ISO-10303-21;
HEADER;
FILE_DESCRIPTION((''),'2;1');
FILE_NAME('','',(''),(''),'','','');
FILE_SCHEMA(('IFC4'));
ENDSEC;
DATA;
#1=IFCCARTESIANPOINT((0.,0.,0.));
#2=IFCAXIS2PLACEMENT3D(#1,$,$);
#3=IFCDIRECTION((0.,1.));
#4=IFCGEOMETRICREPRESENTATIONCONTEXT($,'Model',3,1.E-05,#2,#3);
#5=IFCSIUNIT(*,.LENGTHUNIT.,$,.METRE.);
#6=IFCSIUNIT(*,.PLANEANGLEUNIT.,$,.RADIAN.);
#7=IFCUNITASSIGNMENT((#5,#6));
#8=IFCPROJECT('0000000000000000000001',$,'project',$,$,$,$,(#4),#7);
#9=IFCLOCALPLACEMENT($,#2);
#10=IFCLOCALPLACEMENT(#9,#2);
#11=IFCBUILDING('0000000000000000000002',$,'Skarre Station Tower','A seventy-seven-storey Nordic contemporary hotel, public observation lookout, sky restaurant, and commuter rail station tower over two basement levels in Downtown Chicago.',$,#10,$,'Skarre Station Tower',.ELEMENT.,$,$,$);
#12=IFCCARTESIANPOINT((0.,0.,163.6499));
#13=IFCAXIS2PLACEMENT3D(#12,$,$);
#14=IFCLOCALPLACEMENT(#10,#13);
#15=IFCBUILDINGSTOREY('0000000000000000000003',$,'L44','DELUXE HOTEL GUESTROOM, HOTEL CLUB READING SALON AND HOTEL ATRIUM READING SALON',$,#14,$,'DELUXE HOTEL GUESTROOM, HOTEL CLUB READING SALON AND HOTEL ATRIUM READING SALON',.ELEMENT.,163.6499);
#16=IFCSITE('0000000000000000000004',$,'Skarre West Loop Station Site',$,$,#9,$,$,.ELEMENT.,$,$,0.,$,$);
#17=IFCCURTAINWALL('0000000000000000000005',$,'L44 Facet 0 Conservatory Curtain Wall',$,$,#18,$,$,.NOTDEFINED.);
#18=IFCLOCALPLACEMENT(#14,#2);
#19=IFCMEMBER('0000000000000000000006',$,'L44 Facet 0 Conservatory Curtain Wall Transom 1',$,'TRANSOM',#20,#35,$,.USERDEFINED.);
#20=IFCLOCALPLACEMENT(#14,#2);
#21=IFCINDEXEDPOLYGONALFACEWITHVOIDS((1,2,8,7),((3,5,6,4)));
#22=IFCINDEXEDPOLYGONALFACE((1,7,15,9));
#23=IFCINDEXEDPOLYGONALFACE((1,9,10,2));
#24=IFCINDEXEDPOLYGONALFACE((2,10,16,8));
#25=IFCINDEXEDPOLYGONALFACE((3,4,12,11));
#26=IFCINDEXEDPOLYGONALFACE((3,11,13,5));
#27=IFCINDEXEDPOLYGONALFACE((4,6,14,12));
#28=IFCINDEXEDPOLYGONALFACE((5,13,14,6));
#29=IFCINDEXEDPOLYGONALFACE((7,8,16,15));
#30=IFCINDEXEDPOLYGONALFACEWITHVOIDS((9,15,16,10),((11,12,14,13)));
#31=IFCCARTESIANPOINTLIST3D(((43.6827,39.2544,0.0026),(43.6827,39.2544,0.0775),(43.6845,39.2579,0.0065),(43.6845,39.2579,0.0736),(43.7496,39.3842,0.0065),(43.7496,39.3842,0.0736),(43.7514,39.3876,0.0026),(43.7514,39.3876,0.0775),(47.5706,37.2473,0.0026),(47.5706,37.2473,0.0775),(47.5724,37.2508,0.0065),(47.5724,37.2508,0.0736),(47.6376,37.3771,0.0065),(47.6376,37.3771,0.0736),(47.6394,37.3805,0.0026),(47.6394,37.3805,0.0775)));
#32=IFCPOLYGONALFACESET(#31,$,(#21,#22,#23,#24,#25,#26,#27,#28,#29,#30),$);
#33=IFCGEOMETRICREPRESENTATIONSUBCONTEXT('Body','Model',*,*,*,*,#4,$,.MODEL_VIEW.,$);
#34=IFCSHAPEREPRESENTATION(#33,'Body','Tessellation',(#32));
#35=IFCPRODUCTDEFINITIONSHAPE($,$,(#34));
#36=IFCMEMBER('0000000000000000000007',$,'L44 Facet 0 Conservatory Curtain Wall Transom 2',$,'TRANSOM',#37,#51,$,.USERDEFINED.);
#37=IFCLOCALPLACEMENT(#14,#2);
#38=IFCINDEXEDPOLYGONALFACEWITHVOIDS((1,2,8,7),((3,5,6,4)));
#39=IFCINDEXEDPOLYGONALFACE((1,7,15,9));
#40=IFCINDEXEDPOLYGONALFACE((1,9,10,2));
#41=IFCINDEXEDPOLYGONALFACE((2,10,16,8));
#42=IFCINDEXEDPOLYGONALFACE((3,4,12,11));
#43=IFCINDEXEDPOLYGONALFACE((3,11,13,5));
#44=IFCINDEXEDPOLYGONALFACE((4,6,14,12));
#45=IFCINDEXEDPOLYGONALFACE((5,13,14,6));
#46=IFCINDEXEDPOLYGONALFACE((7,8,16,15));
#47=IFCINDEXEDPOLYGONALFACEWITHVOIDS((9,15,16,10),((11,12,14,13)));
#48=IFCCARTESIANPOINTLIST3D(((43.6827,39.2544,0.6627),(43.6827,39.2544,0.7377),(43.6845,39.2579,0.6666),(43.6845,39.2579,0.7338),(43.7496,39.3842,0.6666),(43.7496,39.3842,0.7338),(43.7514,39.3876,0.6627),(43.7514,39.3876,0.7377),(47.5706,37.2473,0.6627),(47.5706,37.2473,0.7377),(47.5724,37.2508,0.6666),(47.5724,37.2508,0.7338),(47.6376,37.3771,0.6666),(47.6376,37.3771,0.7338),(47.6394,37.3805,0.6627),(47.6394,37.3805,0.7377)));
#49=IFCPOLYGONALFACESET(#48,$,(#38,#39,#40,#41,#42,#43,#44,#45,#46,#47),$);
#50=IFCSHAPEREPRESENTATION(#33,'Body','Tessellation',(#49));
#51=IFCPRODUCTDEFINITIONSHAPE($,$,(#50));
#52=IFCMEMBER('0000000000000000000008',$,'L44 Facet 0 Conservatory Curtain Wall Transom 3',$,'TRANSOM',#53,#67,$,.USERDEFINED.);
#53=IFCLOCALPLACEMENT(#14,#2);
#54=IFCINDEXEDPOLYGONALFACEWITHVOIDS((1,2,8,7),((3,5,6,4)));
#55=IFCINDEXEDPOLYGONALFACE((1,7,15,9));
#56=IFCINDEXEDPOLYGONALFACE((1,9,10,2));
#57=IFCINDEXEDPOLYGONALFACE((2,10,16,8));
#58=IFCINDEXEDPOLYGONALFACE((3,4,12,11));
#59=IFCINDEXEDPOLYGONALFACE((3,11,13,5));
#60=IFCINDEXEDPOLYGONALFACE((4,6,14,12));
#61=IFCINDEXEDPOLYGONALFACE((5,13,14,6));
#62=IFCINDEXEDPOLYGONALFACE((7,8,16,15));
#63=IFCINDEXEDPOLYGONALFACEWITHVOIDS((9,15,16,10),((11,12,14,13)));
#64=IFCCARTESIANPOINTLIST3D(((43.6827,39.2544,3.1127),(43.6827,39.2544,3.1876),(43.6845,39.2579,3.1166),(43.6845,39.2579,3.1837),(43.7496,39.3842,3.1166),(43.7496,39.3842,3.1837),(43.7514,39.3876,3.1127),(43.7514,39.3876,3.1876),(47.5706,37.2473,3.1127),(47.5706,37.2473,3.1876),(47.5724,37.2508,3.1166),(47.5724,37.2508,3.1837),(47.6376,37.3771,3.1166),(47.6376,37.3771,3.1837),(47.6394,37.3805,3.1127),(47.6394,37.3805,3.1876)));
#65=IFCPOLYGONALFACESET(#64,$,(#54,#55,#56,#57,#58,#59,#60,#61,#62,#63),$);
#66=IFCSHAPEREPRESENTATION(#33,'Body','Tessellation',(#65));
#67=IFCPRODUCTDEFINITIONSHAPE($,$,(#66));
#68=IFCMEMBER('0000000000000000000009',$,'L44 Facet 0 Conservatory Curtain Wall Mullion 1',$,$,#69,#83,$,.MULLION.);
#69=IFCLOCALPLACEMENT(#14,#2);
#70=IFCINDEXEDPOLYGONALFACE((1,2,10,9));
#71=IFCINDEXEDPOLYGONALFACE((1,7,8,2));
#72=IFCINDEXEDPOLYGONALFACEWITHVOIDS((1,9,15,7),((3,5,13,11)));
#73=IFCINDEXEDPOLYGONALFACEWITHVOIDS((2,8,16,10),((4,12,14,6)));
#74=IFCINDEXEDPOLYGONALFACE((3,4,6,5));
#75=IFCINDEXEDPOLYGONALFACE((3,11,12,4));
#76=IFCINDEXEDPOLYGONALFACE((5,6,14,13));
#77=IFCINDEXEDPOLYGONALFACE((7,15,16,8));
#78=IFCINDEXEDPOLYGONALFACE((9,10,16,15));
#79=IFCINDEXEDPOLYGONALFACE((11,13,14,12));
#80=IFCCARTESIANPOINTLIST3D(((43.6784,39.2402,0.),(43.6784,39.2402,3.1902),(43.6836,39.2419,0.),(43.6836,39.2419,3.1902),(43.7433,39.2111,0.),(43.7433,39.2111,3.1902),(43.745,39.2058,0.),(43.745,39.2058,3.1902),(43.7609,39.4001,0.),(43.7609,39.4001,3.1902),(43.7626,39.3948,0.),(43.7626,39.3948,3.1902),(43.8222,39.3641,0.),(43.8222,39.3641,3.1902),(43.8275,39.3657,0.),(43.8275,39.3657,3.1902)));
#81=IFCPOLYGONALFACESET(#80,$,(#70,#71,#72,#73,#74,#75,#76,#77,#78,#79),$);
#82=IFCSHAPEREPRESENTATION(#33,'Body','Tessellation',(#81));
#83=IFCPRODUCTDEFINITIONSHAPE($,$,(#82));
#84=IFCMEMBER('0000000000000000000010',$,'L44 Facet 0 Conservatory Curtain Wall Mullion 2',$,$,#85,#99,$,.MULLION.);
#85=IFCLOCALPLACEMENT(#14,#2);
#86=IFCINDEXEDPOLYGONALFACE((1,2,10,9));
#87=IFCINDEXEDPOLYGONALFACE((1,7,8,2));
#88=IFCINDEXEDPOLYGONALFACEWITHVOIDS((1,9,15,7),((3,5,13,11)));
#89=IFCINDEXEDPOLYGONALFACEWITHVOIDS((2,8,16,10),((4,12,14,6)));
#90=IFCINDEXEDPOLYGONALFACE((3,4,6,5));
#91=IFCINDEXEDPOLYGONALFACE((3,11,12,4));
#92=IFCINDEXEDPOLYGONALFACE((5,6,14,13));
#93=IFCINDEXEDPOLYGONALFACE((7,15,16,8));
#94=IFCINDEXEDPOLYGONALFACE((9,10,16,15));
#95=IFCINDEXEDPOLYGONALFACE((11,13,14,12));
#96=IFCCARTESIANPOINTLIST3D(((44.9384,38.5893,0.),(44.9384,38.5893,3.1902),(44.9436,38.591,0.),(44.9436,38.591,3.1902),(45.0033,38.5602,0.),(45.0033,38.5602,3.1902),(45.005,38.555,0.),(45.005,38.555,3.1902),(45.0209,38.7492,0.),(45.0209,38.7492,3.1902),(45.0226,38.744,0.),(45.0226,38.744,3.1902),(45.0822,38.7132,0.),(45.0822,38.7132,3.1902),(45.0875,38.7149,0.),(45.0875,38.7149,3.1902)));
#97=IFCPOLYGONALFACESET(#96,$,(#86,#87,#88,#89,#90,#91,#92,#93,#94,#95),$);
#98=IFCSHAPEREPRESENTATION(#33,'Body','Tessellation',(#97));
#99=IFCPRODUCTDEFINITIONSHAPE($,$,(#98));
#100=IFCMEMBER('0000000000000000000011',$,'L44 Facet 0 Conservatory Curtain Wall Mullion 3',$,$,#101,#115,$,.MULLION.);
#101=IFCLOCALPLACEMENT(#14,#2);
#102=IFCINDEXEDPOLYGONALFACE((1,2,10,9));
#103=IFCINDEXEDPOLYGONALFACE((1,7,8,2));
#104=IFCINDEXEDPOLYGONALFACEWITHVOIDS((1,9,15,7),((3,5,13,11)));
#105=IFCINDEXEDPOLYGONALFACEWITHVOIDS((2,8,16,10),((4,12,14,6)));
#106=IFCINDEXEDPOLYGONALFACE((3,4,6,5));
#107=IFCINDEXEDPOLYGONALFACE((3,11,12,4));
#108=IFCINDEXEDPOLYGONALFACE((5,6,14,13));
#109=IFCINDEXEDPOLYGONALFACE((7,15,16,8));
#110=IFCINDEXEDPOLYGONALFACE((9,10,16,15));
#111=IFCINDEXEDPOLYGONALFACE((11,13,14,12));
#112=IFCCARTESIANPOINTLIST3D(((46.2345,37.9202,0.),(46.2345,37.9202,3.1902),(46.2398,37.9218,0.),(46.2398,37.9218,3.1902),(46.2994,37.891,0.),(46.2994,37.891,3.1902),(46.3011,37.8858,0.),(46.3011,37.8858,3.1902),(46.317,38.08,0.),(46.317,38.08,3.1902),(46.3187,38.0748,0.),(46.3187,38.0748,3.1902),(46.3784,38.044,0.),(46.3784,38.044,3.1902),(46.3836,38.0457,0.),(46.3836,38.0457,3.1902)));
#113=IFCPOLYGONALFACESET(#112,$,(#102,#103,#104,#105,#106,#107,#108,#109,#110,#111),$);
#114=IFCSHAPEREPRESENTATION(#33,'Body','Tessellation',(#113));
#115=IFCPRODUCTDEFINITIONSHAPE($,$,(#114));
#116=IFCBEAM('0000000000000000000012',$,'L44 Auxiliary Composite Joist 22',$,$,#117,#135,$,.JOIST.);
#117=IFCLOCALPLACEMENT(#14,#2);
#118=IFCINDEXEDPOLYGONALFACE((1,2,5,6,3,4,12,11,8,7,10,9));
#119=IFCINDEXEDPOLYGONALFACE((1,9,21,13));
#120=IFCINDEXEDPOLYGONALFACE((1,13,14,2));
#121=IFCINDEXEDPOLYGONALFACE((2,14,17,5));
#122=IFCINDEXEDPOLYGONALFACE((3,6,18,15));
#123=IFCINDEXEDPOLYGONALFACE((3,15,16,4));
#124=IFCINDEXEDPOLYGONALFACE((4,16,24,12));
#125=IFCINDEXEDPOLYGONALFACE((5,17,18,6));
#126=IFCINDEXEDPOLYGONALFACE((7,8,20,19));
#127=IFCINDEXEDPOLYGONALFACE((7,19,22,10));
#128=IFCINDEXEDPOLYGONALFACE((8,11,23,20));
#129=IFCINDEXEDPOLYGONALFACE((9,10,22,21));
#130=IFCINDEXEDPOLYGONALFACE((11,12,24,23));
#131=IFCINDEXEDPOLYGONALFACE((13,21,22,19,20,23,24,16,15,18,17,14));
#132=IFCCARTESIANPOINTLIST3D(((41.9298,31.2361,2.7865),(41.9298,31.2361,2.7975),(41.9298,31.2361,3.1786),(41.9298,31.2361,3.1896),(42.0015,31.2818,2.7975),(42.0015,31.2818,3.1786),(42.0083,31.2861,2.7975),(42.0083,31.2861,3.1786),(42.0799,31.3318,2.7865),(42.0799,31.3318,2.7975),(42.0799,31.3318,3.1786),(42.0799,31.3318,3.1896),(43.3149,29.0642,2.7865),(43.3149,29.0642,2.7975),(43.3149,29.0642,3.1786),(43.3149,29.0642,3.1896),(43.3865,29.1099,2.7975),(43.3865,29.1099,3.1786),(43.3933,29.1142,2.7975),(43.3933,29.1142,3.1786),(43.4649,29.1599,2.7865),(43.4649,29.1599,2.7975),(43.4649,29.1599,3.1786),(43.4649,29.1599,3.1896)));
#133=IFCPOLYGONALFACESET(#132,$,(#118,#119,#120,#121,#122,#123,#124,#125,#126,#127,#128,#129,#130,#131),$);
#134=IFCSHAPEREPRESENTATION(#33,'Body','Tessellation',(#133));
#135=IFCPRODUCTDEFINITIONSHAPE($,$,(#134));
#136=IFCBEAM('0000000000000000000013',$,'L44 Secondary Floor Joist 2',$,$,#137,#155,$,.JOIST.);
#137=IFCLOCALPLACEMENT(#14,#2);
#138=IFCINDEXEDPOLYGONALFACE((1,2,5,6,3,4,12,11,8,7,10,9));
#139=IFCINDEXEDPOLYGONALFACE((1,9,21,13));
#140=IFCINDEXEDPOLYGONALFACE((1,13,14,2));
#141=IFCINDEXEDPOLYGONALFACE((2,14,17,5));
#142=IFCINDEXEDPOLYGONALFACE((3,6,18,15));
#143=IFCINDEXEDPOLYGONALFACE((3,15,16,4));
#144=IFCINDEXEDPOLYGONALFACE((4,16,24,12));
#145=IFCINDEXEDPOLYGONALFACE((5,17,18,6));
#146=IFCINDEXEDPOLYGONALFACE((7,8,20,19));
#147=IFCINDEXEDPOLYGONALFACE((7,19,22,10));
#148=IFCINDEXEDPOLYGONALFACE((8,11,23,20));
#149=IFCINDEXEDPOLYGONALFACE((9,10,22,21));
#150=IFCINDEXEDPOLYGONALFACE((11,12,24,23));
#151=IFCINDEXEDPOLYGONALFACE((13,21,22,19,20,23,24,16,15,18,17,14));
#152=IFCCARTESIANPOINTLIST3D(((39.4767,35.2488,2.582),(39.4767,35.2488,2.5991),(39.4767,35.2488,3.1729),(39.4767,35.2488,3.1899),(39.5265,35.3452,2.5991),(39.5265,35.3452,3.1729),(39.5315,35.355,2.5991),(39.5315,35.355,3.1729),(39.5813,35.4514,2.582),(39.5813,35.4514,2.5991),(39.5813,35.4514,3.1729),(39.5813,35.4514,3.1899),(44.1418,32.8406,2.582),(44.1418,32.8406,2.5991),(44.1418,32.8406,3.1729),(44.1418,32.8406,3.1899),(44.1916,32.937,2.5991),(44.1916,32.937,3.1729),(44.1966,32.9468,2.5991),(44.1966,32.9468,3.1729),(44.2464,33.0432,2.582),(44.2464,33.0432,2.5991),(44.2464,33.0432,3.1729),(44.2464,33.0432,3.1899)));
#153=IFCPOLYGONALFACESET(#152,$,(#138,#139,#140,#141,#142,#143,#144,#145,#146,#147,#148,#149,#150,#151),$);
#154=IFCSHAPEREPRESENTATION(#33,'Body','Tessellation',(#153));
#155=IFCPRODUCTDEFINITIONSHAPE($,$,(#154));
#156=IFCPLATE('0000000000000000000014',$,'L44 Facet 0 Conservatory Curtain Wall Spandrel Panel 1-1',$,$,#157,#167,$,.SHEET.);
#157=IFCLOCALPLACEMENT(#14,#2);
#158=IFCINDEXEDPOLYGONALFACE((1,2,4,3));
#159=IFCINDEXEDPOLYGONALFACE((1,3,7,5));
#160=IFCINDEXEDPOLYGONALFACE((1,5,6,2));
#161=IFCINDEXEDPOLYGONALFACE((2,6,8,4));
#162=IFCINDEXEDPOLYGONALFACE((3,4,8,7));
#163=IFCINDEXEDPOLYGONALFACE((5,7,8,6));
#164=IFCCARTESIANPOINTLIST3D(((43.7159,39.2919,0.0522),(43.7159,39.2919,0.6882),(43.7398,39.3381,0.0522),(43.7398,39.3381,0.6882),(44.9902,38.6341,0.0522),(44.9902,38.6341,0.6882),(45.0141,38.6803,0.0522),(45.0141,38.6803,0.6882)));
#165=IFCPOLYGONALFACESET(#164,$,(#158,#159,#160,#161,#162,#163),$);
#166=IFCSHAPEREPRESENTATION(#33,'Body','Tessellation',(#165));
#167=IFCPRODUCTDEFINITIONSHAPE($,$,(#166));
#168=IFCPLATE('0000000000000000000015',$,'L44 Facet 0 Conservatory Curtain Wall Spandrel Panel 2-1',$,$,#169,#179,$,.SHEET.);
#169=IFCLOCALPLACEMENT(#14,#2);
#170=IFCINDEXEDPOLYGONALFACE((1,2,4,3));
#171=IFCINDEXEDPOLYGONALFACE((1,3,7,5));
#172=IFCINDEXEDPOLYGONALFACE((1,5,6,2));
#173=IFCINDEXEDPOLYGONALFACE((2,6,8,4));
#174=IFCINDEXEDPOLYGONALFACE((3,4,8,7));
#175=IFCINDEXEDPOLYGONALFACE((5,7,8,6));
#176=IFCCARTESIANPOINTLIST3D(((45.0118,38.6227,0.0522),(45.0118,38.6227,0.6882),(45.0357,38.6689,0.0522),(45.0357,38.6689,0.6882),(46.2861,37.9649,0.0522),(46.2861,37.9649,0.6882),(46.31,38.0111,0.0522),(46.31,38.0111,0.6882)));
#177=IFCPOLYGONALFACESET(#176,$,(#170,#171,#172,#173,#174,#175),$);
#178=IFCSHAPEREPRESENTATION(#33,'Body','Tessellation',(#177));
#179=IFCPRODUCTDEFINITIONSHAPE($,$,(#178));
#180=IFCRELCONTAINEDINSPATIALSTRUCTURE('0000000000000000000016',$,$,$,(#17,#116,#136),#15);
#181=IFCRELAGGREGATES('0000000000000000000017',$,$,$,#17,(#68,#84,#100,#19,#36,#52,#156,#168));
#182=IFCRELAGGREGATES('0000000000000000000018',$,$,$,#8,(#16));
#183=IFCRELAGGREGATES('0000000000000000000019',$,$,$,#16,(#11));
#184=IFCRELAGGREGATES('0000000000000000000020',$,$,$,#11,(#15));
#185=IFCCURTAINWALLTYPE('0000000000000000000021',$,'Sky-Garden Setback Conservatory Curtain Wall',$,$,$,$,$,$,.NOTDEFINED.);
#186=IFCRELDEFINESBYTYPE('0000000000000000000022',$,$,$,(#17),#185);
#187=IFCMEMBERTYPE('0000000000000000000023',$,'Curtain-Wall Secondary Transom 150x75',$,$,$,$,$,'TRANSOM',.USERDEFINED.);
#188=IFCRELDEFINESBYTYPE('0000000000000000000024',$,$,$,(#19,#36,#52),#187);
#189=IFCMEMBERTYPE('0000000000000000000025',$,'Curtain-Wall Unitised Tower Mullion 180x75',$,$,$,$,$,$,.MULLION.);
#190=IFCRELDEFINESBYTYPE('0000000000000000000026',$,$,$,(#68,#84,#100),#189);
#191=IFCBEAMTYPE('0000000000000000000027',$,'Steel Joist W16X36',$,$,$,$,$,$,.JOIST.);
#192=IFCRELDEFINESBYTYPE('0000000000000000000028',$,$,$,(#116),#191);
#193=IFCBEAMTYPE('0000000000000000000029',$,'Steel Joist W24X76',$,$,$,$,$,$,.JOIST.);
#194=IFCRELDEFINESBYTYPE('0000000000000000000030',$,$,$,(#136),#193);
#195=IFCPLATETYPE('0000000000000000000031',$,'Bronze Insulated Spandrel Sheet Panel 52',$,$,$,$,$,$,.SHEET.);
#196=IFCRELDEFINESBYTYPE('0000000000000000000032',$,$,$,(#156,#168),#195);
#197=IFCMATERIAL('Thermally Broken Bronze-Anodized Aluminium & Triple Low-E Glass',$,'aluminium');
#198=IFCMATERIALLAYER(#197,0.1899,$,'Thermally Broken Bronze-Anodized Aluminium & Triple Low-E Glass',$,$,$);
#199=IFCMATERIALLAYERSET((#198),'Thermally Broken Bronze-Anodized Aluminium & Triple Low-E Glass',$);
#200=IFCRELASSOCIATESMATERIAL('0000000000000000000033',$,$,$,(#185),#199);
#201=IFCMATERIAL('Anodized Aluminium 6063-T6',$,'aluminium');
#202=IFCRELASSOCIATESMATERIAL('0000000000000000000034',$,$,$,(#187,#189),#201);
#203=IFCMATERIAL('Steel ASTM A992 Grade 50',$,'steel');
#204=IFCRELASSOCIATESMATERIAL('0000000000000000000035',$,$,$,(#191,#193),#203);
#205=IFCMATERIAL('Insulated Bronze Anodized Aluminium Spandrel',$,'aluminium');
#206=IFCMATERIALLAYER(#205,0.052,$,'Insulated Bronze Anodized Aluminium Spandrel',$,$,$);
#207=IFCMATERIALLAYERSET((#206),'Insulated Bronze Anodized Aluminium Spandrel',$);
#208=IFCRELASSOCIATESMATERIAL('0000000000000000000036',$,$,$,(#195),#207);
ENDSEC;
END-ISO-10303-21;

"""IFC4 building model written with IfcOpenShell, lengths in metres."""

from ifc_helpers import new_model, si_unit, direction, frame, origin, origin_2d, place, context, subcontext, project, spatial, rectangle, hollow_rectangle, i_section, extrude, material, layer, layer_set, material_profile, profile_set, type_object, element, aggregate, save


model = new_model("IFC4")

# Units and contexts
model_context = context("Model", 3, precision=1e-05, world=origin(), true_north=direction((0.0, 1.0)))
body_context = subcontext(model_context, "Body", "Model", "MODEL_VIEW")
ifc_project = project(units=[si_unit("LENGTHUNIT", "METRE"), si_unit("PLANEANGLEUNIT", "RADIAN")], contexts=[model_context])

# Site, building, storey
site_placement = place(None, origin())
site = spatial("IfcSite", under=ifc_project, at=site_placement, Name="Skarre West Loop Station Site", CompositionType="ELEMENT", RefElevation=0.0)
building_placement = place(site_placement, origin())
building = spatial("IfcBuilding", under=site, at=building_placement, Name="Skarre Station Tower", Description="A seventy-seven-storey Nordic contemporary hotel, public observation lookout, sky restaurant, and commuter rail station tower over two basement levels in Downtown Chicago.", LongName="Skarre Station Tower", CompositionType="ELEMENT")
storey_placement = place(building_placement, frame((0.0, 0.0, 163.6499)))
storey = spatial("IfcBuildingStorey", under=building, at=storey_placement, Name="L44", Description="DELUXE HOTEL GUESTROOM, HOTEL CLUB READING SALON AND HOTEL ATRIUM READING SALON", LongName="DELUXE HOTEL GUESTROOM, HOTEL CLUB READING SALON AND HOTEL ATRIUM READING SALON", CompositionType="ELEMENT", Elevation=163.6499)

# Curtain wall, members
ifc_material_1 = material(Name="Thermally Broken Bronze-Anodized Aluminium & Triple Low-E Glass", Category="aluminium")
ifc_layer_1 = layer(ifc_material_1, 0.1899, Name="Thermally Broken Bronze-Anodized Aluminium & Triple Low-E Glass")
ifc_layer_set_1 = layer_set([ifc_layer_1], Name="Thermally Broken Bronze-Anodized Aluminium & Triple Low-E Glass")
curtain_wall_type = type_object("IfcCurtainWallType", Name="Sky-Garden Setback Conservatory Curtain Wall", PredefinedType="NOTDEFINED", material=ifc_layer_set_1)
curtain_wall_placement = place(storey_placement, origin())
curtain_wall = element("IfcCurtainWall", 1, at=curtain_wall_placement, inside=storey, type_object=curtain_wall_type, Name="L44 Facet 0 Conservatory Curtain Wall", PredefinedType="NOTDEFINED")
ifc_material_2 = material(Name="Anodized Aluminium 6063-T6", Category="aluminium")
ifc_material_profile_1 = material_profile(ifc_material_2, hollow_rectangle(XDim=0.075, YDim=0.1499, WallThickness=0.0039, at=origin_2d()), Name="Anodized Aluminium 6063-T6")
ifc_profile_set_1 = profile_set([ifc_material_profile_1], Name="Anodized Aluminium 6063-T6")
member_type_1 = type_object("IfcMemberType", Name="Curtain-Wall Secondary Transom 150x75", ElementType="TRANSOM", PredefinedType="USERDEFINED", material=ifc_profile_set_1)
member_1_placement = place(storey_placement, frame((43.717, 39.321, 0.04), z_axis=(0.888583, -0.458715, 0.0), x_axis=(0.0, 0.0, 1.0)))
member_1 = element("IfcMember", 2, at=member_1_placement, type_object=member_type_1, Name="L44 Facet 0 Conservatory Curtain Wall Transom 1", ObjectType="TRANSOM", PredefinedType="USERDEFINED", context=body_context, shape_type="SweptSolid", body=[
    extrude(hollow_rectangle(XDim=0.075, YDim=0.1499, WallThickness=0.0039, at=origin_2d()), origin(), (0.0, 0.0, 1.0), 4.3755),
])
member_2_placement = place(storey_placement, frame((43.717, 39.321, 0.7002), z_axis=(0.888583, -0.458715, 0.0), x_axis=(0.0, 0.0, 1.0)))
member_2 = element("IfcMember", 3, at=member_2_placement, type_object=member_type_1, Name="L44 Facet 0 Conservatory Curtain Wall Transom 2", ObjectType="TRANSOM", PredefinedType="USERDEFINED", context=body_context, shape_type="SweptSolid", body=[
    extrude(hollow_rectangle(XDim=0.075, YDim=0.1499, WallThickness=0.0039, at=origin_2d()), origin(), (0.0, 0.0, 1.0), 4.3755),
])
member_3_placement = place(storey_placement, frame((43.717, 39.321, 3.1501), z_axis=(0.888583, -0.458715, 0.0), x_axis=(0.0, 0.0, 1.0)))
member_3 = element("IfcMember", 4, at=member_3_placement, type_object=member_type_1, Name="L44 Facet 0 Conservatory Curtain Wall Transom 3", ObjectType="TRANSOM", PredefinedType="USERDEFINED", context=body_context, shape_type="SweptSolid", body=[
    extrude(hollow_rectangle(XDim=0.075, YDim=0.1499, WallThickness=0.0039, at=origin_2d()), origin(), (0.0, 0.0, 1.0), 4.3755),
])
ifc_material_profile_2 = material_profile(ifc_material_2, hollow_rectangle(XDim=0.075, YDim=0.1799, WallThickness=0.0039, at=origin_2d()), Name="Anodized Aluminium 6063-T6")
ifc_profile_set_2 = profile_set([ifc_material_profile_2], Name="Anodized Aluminium 6063-T6")
member_type_2 = type_object("IfcMemberType", Name="Curtain-Wall Unitised Tower Mullion 180x75", PredefinedType="MULLION", material=ifc_profile_set_2)
member_4_placement = place(storey_placement, frame((43.7529, 39.303, 0.0), z_axis=(0.0, 0.0, 1.0), x_axis=(0.888593, -0.458696, 0.0)))
member_4 = element("IfcMember", 5, at=member_4_placement, type_object=member_type_2, Name="L44 Facet 0 Conservatory Curtain Wall Mullion 1", PredefinedType="MULLION", context=body_context, shape_type="SweptSolid", body=[
    extrude(hollow_rectangle(XDim=0.075, YDim=0.1799, WallThickness=0.0039, at=origin_2d()), origin(), (0.0, 0.0, 1.0), 3.1902),
])
member_5_placement = place(storey_placement, frame((45.0129, 38.6521, 0.0), z_axis=(0.0, 0.0, 1.0), x_axis=(0.888593, -0.458696, 0.0)))
member_5 = element("IfcMember", 6, at=member_5_placement, type_object=member_type_2, Name="L44 Facet 0 Conservatory Curtain Wall Mullion 2", PredefinedType="MULLION", context=body_context, shape_type="SweptSolid", body=[
    extrude(hollow_rectangle(XDim=0.075, YDim=0.1799, WallThickness=0.0039, at=origin_2d()), origin(), (0.0, 0.0, 1.0), 3.1902),
])
member_6_placement = place(storey_placement, frame((46.3091, 37.9829, 0.0), z_axis=(0.0, 0.0, 1.0), x_axis=(0.888593, -0.458696, 0.0)))
member_6 = element("IfcMember", 7, at=member_6_placement, type_object=member_type_2, Name="L44 Facet 0 Conservatory Curtain Wall Mullion 3", PredefinedType="MULLION", context=body_context, shape_type="SweptSolid", body=[
    extrude(hollow_rectangle(XDim=0.075, YDim=0.1799, WallThickness=0.0039, at=origin_2d()), origin(), (0.0, 0.0, 1.0), 3.1902),
])

# Beams
ifc_material_3 = material(Name="Steel ASTM A992 Grade 50", Category="steel")
ifc_material_profile_3 = material_profile(ifc_material_3, i_section(OverallWidth=0.178, OverallDepth=0.4031, WebThickness=0.0081, FlangeThickness=0.011, at=origin_2d()), Name="Steel ASTM A992 Grade 50")
ifc_profile_set_3 = profile_set([ifc_material_profile_3], Name="Steel ASTM A992 Grade 50")
beam_type_1 = type_object("IfcBeamType", Name="Steel Joist W16X36", PredefinedType="JOIST", material=ifc_profile_set_3)
beam_1_placement = place(storey_placement, frame((43.3899, 29.1121, 2.988), z_axis=(-0.537679, 0.84315, 0.0), x_axis=(-0.84315, -0.537679, 0.0)))
element("IfcBeam", 8, at=beam_1_placement, inside=storey, type_object=beam_type_1, Name="L44 Auxiliary Composite Joist 22", PredefinedType="JOIST", context=body_context, shape_type="SweptSolid", body=[
    extrude(i_section(OverallWidth=0.178, OverallDepth=0.4031, WebThickness=0.0081, FlangeThickness=0.011, at=origin_2d()), origin(), (0.0, 0.0, 1.0), 2.5759),
])
ifc_material_profile_4 = material_profile(ifc_material_3, i_section(OverallWidth=0.228, OverallDepth=0.6079, WebThickness=0.011, FlangeThickness=0.0171, at=origin_2d()), Name="Steel ASTM A992 Grade 50")
ifc_profile_set_4 = profile_set([ifc_material_profile_4], Name="Steel ASTM A992 Grade 50")
beam_type_2 = type_object("IfcBeamType", Name="Steel Joist W24X76", PredefinedType="JOIST", material=ifc_profile_set_4)
beam_2_placement = place(storey_placement, frame((44.1941, 32.9419, 2.886), z_axis=(-0.888586, 0.458709, 0.0), x_axis=(-0.458709, -0.888586, 0.0)))
element("IfcBeam", 9, at=beam_2_placement, inside=storey, type_object=beam_type_2, Name="L44 Secondary Floor Joist 2", PredefinedType="JOIST", context=body_context, shape_type="SweptSolid", body=[
    extrude(i_section(OverallWidth=0.228, OverallDepth=0.6079, WebThickness=0.011, FlangeThickness=0.0171, at=origin_2d()), origin(), (0.0, 0.0, 1.0), 5.25),
])

# Plates
ifc_material_4 = material(Name="Insulated Bronze Anodized Aluminium Spandrel", Category="aluminium")
ifc_layer_2 = layer(ifc_material_4, 0.052, Name="Insulated Bronze Anodized Aluminium Spandrel")
ifc_layer_set_2 = layer_set([ifc_layer_2], Name="Insulated Bronze Anodized Aluminium Spandrel")
plate_type_1 = type_object("IfcPlateType", Name="Bronze Insulated Spandrel Sheet Panel 52", PredefinedType="SHEET", material=ifc_layer_set_2)
plate_1_placement = place(storey_placement, frame((44.365, 38.9861, 0.0522), z_axis=(0.0, 0.0, 1.0), x_axis=(0.888593, -0.458696, 0.0)))
plate_1 = element("IfcPlate", 10, at=plate_1_placement, type_object=plate_type_1, Name="L44 Facet 0 Conservatory Curtain Wall Spandrel Panel 1-1", PredefinedType="SHEET", context=body_context, shape_type="SweptSolid", body=[
    extrude(rectangle(XDim=1.4341, YDim=0.052, at=origin_2d()), origin(), (0.0, 0.0, 1.0), 0.636),
])
plate_2_placement = place(storey_placement, frame((45.6609, 38.3169, 0.0522), z_axis=(0.0, 0.0, 1.0), x_axis=(0.888593, -0.458696, 0.0)))
plate_2 = element("IfcPlate", 11, at=plate_2_placement, type_object=plate_type_1, Name="L44 Facet 0 Conservatory Curtain Wall Spandrel Panel 2-1", PredefinedType="SHEET", context=body_context, shape_type="SweptSolid", body=[
    extrude(rectangle(XDim=1.4341, YDim=0.052, at=origin_2d()), origin(), (0.0, 0.0, 1.0), 0.636),
])
aggregate(curtain_wall, [member_4, member_5, member_6, member_1, member_2, member_3, plate_1, plate_2])

save(model, "model.ifc")
